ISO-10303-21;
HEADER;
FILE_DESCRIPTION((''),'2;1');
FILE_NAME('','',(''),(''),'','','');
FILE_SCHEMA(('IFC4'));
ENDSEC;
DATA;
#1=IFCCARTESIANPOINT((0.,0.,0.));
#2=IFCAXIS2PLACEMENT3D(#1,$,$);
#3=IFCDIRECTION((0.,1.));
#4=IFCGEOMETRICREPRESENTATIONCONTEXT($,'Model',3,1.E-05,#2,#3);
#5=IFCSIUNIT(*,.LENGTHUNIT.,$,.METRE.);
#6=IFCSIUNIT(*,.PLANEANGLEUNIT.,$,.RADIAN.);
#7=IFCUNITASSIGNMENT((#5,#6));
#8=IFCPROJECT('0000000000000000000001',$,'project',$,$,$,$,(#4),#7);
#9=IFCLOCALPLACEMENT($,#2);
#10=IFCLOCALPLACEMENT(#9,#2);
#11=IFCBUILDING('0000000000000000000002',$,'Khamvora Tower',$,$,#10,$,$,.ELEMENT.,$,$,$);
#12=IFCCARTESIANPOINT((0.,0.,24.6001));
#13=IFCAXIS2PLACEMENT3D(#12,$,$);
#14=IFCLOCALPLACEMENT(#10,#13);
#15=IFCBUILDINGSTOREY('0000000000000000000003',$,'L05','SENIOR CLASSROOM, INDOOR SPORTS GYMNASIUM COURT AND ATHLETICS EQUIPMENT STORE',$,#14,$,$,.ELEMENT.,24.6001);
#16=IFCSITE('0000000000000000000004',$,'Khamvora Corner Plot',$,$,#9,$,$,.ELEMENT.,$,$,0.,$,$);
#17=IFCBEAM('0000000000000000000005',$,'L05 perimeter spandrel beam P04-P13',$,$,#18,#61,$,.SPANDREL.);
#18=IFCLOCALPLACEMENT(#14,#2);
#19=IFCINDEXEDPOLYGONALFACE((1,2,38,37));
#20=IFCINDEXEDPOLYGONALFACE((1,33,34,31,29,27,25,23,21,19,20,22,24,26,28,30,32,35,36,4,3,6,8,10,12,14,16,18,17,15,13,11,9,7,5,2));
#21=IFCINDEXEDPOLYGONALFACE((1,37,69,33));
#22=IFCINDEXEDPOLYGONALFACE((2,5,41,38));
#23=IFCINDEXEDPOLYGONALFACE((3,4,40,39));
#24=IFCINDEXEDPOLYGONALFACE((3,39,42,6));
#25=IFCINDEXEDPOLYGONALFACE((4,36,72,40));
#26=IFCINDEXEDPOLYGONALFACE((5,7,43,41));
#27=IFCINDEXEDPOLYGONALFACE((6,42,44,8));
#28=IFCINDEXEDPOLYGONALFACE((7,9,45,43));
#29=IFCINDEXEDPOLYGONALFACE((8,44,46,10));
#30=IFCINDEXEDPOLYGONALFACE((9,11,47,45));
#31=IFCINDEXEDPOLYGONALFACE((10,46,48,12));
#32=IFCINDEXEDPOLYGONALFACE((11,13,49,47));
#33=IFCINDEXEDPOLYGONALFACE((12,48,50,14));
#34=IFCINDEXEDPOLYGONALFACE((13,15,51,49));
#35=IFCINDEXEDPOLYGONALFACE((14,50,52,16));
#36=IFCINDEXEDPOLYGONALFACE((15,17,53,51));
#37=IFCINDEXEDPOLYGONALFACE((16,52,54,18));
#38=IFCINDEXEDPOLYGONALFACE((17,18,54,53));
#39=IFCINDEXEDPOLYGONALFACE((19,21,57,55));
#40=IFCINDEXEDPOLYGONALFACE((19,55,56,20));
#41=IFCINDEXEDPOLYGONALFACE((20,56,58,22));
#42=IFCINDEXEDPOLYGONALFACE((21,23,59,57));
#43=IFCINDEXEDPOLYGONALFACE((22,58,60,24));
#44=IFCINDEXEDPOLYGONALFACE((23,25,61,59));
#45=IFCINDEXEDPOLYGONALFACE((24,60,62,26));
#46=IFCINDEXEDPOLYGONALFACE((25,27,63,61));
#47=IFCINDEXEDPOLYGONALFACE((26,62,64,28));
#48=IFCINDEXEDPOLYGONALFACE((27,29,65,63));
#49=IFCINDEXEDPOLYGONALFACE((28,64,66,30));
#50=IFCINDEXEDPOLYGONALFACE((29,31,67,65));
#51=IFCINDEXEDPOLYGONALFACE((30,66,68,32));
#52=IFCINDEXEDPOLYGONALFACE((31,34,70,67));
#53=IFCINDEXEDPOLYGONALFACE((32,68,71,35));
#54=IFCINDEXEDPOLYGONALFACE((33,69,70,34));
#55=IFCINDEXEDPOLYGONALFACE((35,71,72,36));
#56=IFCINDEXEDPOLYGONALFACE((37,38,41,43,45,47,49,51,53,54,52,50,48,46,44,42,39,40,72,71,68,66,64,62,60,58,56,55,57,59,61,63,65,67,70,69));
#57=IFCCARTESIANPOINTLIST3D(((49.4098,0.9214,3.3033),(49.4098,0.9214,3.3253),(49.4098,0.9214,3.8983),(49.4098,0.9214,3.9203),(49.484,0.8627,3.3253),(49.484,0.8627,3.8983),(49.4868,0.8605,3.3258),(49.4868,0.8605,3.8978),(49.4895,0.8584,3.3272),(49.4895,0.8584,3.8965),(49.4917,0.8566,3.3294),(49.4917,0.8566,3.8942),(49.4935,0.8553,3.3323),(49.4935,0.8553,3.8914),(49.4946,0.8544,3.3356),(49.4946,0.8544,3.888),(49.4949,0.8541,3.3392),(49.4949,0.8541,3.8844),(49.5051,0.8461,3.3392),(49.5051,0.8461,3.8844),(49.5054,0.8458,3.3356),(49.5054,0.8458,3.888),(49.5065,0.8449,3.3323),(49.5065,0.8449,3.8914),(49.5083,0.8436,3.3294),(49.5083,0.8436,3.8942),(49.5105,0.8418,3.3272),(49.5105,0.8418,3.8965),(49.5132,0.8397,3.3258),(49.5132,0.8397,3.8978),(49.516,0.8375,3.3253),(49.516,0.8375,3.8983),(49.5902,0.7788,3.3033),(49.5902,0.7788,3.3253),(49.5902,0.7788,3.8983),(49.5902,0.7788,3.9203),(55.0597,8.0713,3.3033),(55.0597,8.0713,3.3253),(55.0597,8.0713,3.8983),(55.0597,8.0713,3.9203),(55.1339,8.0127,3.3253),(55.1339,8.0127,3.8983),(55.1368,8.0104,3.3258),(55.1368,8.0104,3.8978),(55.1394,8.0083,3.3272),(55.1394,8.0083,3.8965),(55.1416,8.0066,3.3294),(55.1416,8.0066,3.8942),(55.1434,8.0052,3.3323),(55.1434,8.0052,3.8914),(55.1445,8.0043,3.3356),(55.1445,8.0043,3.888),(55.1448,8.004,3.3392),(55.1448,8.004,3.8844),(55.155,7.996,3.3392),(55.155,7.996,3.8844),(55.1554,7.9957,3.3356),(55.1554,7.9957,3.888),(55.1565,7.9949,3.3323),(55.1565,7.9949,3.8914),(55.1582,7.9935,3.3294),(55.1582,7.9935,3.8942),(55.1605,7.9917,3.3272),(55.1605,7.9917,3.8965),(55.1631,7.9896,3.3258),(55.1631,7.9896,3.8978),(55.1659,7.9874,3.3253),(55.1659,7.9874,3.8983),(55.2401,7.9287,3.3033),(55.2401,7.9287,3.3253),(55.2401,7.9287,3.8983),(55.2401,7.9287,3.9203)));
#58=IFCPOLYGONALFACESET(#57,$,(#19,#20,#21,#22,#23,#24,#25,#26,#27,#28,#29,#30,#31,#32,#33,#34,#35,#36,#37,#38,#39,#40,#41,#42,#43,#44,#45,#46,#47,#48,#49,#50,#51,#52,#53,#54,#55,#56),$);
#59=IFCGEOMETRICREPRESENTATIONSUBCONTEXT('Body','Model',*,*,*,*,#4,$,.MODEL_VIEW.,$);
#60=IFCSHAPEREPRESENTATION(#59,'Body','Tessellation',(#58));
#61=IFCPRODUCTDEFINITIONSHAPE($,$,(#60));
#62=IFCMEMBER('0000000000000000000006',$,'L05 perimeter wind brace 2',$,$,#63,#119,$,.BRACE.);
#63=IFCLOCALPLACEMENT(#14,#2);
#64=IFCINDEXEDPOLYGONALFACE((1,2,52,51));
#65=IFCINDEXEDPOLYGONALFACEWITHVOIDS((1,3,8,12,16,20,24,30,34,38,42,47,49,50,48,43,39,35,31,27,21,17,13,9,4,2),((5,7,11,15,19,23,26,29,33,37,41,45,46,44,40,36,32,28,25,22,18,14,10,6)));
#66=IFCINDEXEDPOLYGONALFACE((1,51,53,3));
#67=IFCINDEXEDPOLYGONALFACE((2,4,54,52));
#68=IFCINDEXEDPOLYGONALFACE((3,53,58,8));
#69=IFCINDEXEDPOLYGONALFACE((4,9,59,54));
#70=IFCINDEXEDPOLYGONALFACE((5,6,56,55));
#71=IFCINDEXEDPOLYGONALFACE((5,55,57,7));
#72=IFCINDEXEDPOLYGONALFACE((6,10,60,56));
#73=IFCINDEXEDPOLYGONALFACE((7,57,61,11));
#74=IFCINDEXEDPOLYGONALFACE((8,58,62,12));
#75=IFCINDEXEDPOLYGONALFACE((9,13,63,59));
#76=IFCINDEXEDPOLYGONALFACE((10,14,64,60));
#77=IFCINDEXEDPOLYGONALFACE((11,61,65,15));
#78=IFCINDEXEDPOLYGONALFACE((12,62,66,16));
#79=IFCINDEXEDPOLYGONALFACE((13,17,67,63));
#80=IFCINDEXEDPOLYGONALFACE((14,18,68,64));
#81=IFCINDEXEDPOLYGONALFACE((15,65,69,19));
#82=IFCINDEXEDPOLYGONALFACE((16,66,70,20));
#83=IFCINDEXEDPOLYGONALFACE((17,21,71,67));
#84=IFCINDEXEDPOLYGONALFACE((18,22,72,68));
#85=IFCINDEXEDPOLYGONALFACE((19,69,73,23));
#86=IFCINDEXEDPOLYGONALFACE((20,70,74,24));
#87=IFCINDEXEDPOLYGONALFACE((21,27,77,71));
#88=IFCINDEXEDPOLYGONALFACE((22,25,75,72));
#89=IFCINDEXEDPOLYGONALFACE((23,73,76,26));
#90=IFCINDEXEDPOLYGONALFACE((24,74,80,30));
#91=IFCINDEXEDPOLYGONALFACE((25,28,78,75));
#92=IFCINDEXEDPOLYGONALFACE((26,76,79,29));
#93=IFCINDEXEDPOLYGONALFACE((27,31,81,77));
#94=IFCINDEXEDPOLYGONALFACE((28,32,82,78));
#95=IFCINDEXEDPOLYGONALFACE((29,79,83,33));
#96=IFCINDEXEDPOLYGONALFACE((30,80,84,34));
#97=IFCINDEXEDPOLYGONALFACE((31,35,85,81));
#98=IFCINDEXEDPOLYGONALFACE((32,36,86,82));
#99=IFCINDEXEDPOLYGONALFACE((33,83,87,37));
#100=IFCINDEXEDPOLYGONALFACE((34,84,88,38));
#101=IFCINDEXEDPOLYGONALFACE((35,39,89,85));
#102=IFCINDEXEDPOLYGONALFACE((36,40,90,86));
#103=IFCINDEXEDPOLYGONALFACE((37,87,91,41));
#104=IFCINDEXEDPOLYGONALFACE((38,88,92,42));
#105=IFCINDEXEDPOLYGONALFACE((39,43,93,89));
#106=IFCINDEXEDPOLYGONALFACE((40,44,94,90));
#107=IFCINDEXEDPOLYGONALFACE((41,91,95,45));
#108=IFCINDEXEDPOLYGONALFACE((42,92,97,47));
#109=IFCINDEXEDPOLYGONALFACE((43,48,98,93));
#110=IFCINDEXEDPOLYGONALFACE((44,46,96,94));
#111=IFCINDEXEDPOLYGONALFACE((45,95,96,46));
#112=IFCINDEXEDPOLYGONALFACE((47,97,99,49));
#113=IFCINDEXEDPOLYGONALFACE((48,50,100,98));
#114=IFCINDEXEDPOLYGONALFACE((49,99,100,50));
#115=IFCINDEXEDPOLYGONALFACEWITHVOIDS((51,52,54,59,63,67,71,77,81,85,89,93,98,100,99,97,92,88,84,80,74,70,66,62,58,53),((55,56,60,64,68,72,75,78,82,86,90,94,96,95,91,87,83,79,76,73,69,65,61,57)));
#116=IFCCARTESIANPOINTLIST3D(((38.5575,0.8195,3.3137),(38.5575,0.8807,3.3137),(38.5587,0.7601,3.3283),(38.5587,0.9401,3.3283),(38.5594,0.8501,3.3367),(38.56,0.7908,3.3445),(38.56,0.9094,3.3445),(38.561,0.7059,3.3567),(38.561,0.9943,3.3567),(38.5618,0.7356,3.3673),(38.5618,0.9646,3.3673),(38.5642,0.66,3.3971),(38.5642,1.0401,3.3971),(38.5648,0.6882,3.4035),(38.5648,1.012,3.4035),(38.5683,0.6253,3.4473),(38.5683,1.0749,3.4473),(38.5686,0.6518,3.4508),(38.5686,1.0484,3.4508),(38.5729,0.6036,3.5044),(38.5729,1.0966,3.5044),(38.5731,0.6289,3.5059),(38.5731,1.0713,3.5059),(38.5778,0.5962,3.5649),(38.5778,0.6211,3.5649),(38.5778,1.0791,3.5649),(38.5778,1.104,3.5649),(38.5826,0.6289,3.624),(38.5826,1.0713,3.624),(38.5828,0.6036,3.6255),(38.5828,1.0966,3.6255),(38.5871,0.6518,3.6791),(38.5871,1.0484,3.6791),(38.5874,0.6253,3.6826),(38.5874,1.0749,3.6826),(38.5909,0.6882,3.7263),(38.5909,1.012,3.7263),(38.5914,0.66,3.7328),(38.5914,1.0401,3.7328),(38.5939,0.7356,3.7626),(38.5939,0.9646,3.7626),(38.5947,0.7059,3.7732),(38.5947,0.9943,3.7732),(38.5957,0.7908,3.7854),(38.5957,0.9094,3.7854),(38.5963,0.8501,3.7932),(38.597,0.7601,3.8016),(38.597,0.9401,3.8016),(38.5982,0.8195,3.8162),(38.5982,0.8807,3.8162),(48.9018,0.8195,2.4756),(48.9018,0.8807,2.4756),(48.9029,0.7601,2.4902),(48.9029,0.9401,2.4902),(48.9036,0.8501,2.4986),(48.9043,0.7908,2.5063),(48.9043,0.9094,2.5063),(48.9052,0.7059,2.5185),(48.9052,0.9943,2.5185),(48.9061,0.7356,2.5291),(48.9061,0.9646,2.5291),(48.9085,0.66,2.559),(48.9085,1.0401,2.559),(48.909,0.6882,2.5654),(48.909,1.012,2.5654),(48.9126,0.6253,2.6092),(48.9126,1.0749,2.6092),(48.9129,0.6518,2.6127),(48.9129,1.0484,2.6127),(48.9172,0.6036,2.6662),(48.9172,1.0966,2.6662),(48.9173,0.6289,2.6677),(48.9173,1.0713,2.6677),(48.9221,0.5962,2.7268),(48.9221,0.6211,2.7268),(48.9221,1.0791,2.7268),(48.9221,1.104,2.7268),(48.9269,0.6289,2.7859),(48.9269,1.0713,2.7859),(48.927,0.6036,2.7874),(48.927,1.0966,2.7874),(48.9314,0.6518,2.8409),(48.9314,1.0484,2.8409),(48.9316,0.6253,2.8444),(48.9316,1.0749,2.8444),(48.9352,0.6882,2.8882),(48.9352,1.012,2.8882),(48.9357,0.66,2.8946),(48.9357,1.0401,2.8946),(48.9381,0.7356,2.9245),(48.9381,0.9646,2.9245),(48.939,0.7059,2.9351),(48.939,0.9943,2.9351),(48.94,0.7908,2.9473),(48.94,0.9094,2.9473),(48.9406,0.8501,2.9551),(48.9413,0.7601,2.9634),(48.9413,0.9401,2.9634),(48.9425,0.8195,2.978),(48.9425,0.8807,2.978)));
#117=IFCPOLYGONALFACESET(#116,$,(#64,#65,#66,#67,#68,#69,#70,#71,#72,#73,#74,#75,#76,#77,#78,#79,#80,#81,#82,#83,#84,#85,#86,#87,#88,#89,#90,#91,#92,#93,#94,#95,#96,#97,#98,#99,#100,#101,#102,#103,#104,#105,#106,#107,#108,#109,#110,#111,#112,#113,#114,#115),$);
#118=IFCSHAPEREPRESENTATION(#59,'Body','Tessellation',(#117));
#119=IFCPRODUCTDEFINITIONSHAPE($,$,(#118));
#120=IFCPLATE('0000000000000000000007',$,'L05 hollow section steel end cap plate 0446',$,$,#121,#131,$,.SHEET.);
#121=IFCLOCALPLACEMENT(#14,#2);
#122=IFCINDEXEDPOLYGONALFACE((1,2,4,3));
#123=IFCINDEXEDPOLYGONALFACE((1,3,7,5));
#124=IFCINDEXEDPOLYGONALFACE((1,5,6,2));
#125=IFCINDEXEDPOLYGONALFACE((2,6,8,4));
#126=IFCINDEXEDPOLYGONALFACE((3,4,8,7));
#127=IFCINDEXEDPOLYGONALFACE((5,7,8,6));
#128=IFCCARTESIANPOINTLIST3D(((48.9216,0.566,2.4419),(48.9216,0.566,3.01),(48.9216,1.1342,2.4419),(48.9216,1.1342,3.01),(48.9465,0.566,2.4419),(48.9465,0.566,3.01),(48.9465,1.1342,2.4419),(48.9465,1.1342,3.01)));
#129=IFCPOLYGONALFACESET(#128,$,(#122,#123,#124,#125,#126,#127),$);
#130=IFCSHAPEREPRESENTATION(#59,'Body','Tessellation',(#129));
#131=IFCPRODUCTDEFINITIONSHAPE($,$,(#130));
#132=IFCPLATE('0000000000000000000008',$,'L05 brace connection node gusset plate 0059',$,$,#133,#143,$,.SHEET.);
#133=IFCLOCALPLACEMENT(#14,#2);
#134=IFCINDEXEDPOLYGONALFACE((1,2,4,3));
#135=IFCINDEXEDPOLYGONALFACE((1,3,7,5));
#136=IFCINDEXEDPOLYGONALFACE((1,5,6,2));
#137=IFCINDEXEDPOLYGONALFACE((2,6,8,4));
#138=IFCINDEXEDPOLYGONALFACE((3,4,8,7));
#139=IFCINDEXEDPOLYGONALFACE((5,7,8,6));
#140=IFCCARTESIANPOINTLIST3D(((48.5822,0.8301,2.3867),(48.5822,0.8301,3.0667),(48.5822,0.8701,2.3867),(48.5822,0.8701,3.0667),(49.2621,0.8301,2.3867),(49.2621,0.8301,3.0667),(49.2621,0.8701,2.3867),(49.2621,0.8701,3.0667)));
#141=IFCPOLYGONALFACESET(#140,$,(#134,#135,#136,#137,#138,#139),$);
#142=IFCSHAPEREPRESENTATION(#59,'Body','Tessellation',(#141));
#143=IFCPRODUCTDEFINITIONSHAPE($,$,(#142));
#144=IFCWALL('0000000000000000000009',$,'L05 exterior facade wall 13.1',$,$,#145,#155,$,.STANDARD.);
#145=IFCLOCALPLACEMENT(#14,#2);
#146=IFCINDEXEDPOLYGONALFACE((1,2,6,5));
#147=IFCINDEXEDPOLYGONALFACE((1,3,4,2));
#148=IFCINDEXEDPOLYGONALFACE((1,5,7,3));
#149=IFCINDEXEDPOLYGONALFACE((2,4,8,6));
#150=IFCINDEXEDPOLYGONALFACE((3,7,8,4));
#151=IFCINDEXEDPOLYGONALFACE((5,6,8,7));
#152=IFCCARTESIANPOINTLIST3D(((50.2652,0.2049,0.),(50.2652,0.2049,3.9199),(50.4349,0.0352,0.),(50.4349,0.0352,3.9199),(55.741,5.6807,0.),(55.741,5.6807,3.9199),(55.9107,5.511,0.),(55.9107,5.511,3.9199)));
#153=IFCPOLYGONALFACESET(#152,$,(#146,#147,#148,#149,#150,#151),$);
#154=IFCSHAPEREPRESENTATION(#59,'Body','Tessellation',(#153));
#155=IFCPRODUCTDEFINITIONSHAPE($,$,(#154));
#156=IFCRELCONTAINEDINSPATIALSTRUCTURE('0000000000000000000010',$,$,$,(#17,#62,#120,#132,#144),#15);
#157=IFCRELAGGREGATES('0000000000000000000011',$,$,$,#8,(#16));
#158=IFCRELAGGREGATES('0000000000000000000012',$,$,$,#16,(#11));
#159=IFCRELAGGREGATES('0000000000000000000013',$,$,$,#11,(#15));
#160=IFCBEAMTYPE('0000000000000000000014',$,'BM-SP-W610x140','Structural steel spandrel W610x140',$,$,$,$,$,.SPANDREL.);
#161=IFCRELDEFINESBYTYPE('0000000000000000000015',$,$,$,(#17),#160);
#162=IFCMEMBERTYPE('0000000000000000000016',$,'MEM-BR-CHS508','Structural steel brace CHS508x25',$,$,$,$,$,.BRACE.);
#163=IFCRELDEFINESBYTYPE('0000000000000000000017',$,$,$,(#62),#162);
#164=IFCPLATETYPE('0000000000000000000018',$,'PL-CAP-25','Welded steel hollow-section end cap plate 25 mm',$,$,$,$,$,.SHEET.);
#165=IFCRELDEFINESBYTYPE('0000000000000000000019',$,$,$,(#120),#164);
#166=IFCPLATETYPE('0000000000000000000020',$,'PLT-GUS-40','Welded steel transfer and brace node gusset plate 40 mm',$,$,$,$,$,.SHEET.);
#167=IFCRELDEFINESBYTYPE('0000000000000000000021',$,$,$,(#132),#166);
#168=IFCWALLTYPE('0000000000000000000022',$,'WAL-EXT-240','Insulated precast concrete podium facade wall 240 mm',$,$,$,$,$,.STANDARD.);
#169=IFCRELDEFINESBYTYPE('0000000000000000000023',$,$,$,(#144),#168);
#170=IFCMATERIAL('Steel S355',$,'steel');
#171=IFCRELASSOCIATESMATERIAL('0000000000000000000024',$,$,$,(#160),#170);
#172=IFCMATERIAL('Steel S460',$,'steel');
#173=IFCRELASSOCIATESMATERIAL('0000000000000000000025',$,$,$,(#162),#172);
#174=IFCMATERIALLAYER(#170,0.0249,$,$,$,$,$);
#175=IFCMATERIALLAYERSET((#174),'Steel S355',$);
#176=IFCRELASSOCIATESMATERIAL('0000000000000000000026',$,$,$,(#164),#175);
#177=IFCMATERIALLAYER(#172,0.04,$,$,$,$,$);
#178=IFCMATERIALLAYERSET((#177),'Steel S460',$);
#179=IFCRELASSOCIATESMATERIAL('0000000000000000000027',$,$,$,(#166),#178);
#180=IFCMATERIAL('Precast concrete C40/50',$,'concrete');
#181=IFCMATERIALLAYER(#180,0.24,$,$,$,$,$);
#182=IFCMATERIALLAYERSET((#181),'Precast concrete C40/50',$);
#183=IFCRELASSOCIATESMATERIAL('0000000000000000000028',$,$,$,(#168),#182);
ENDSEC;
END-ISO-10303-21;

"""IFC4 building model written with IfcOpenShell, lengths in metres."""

from ifc_helpers import new_model, si_unit, direction, frame, frame_2d, origin, origin_2d, place, context, subcontext, project, spatial, rectangle, hollow_circle, i_section, extrude, material, layer, layer_set, material_profile, profile_set, type_object, element, save


model = new_model("IFC4")

# Units and contexts
model_context = context("Model", 3, precision=1e-05, world=origin(), true_north=direction((0.0, 1.0)))
body_context = subcontext(model_context, "Body", "Model", "MODEL_VIEW")
ifc_project = project(units=[si_unit("LENGTHUNIT", "METRE"), si_unit("PLANEANGLEUNIT", "RADIAN")], contexts=[model_context])

# Site, building, storey
site_placement = place(None, origin())
site = spatial("IfcSite", under=ifc_project, at=site_placement, Name="Khamvora Corner Plot", CompositionType="ELEMENT", RefElevation=0.0)
building_placement = place(site_placement, origin())
building = spatial("IfcBuilding", under=site, at=building_placement, Name="Khamvora Tower", CompositionType="ELEMENT")
storey_placement = place(building_placement, frame((0.0, 0.0, 24.6001)))
storey = spatial("IfcBuildingStorey", under=building, at=storey_placement, Name="L05", Description="SENIOR CLASSROOM, INDOOR SPORTS GYMNASIUM COURT AND ATHLETICS EQUIPMENT STORE", CompositionType="ELEMENT", Elevation=24.6001)

# Shared definitions
ifc_material_1 = material(Name="Steel S460", Category="steel")

# Beam
ifc_material_2 = material(Name="Steel S355", Category="steel")
ifc_material_profile_1 = material_profile(ifc_material_2, i_section(OverallWidth=0.23, OverallDepth=0.6169, WebThickness=0.0129, FlangeThickness=0.022, FilletRadius=0.0139, at=origin_2d()), Name="W610x140")
ifc_profile_set_1 = profile_set([ifc_material_profile_1], Name="Steel S355")
beam_type_1 = type_object("IfcBeamType", Name="BM-SP-W610x140", Description="Structural steel spandrel W610x140", PredefinedType="SPANDREL", material=ifc_profile_set_1)
beam_1_placement = place(storey_placement, frame((49.5, 0.8501, 3.6118), z_axis=(0.619999, 0.784603, 0.0), x_axis=(-0.784603, 0.619999, 0.0)))
element("IfcBeam", 1, at=beam_1_placement, inside=storey, type_object=beam_type_1, Name="L05 perimeter spandrel beam P04-P13", PredefinedType="SPANDREL", context=body_context, shape_type="SweptSolid", body=[
    extrude(i_section(OverallWidth=0.23, OverallDepth=0.6169, WebThickness=0.0129, FlangeThickness=0.022, FilletRadius=0.0139, at=origin_2d()), origin(), (0.0, 0.0, 1.0), 9.1128),
])

# Member
ifc_material_profile_2 = material_profile(ifc_material_1, hollow_circle(Radius=0.2539, WallThickness=0.0249, at=origin_2d()), Name="CHS508x25")
ifc_profile_set_2 = profile_set([ifc_material_profile_2], Name="Steel S460")
member_type = type_object("IfcMemberType", Name="MEM-BR-CHS508", Description="Structural steel brace CHS508x25", PredefinedType="BRACE", material=ifc_profile_set_2)
member_placement = place(storey_placement, frame((48.9221, 0.8501, 2.7268), z_axis=(-0.996734, 0.0, 0.08076), x_axis=(0.0, -1.0, 0.0)))
element("IfcMember", 2, at=member_placement, inside=storey, type_object=member_type, Name="L05 perimeter wind brace 2", PredefinedType="BRACE", context=body_context, shape_type="SweptSolid", body=[
    extrude(hollow_circle(Radius=0.2539, WallThickness=0.0249, at=origin_2d()), origin(), (0.0, 0.0, 1.0), 10.3782),
])

# Plates
ifc_layer_1 = layer(ifc_material_2, 0.0249)
ifc_layer_set_1 = layer_set([ifc_layer_1], Name="Steel S355")
plate_type_1 = type_object("IfcPlateType", Name="PL-CAP-25", Description="Welded steel hollow-section end cap plate 25 mm", PredefinedType="SHEET", material=ifc_layer_set_1)
plate_1_placement = place(storey_placement, frame((48.9341, 0.8501, 2.4419), z_axis=(0.0, 0.0, 1.0), x_axis=(-1.0, 0.0, 0.0)))
element("IfcPlate", 3, at=plate_1_placement, inside=storey, type_object=plate_type_1, Name="L05 hollow section steel end cap plate 0446", PredefinedType="SHEET", context=body_context, shape_type="SweptSolid", body=[
    extrude(rectangle(XDim=0.0249, YDim=0.5681, at=origin_2d()), origin(), (0.0, 0.0, 1.0), 0.5681),
])
ifc_layer_2 = layer(ifc_material_1, 0.04)
ifc_layer_set_2 = layer_set([ifc_layer_2], Name="Steel S460")
plate_type_2 = type_object("IfcPlateType", Name="PLT-GUS-40", Description="Welded steel transfer and brace node gusset plate 40 mm", PredefinedType="SHEET", material=ifc_layer_set_2)
plate_2_placement = place(storey_placement, frame((48.9221, 0.8501, 2.3867), z_axis=(0.0, 0.0, 1.0), x_axis=(1.0, 0.0, 0.0)))
element("IfcPlate", 4, at=plate_2_placement, inside=storey, type_object=plate_type_2, Name="L05 brace connection node gusset plate 0059", PredefinedType="SHEET", context=body_context, shape_type="SweptSolid", body=[
    extrude(rectangle(XDim=0.6799, YDim=0.04, at=origin_2d()), origin(), (0.0, 0.0, 1.0), 0.6799),
])

# Wall
ifc_material_3 = material(Name="Precast concrete C40/50", Category="concrete")
ifc_layer_3 = layer(ifc_material_3, 0.24)
ifc_layer_set_3 = layer_set([ifc_layer_3], Name="Precast concrete C40/50")
wall_type_1 = type_object("IfcWallType", Name="WAL-EXT-240", Description="Insulated precast concrete podium facade wall 240 mm", PredefinedType="STANDARD", material=ifc_layer_set_3)
wall_1_placement = place(storey_placement, frame((55.8259, 5.5959, 0.0), z_axis=(0.0, 0.0, 1.0), x_axis=(-0.707107, -0.707107, 0.0)))
element("IfcWall", 5, at=wall_1_placement, inside=storey, type_object=wall_type_1, Name="L05 exterior facade wall 13.1", PredefinedType="STANDARD", context=body_context, shape_type="SweptSolid", body=[
    extrude(rectangle(XDim=7.7439, YDim=0.24, at=frame_2d((3.8721, 0.0))), origin(), (0.0, 0.0, 1.0), 3.9199),
])

save(model, "model.ifc")
